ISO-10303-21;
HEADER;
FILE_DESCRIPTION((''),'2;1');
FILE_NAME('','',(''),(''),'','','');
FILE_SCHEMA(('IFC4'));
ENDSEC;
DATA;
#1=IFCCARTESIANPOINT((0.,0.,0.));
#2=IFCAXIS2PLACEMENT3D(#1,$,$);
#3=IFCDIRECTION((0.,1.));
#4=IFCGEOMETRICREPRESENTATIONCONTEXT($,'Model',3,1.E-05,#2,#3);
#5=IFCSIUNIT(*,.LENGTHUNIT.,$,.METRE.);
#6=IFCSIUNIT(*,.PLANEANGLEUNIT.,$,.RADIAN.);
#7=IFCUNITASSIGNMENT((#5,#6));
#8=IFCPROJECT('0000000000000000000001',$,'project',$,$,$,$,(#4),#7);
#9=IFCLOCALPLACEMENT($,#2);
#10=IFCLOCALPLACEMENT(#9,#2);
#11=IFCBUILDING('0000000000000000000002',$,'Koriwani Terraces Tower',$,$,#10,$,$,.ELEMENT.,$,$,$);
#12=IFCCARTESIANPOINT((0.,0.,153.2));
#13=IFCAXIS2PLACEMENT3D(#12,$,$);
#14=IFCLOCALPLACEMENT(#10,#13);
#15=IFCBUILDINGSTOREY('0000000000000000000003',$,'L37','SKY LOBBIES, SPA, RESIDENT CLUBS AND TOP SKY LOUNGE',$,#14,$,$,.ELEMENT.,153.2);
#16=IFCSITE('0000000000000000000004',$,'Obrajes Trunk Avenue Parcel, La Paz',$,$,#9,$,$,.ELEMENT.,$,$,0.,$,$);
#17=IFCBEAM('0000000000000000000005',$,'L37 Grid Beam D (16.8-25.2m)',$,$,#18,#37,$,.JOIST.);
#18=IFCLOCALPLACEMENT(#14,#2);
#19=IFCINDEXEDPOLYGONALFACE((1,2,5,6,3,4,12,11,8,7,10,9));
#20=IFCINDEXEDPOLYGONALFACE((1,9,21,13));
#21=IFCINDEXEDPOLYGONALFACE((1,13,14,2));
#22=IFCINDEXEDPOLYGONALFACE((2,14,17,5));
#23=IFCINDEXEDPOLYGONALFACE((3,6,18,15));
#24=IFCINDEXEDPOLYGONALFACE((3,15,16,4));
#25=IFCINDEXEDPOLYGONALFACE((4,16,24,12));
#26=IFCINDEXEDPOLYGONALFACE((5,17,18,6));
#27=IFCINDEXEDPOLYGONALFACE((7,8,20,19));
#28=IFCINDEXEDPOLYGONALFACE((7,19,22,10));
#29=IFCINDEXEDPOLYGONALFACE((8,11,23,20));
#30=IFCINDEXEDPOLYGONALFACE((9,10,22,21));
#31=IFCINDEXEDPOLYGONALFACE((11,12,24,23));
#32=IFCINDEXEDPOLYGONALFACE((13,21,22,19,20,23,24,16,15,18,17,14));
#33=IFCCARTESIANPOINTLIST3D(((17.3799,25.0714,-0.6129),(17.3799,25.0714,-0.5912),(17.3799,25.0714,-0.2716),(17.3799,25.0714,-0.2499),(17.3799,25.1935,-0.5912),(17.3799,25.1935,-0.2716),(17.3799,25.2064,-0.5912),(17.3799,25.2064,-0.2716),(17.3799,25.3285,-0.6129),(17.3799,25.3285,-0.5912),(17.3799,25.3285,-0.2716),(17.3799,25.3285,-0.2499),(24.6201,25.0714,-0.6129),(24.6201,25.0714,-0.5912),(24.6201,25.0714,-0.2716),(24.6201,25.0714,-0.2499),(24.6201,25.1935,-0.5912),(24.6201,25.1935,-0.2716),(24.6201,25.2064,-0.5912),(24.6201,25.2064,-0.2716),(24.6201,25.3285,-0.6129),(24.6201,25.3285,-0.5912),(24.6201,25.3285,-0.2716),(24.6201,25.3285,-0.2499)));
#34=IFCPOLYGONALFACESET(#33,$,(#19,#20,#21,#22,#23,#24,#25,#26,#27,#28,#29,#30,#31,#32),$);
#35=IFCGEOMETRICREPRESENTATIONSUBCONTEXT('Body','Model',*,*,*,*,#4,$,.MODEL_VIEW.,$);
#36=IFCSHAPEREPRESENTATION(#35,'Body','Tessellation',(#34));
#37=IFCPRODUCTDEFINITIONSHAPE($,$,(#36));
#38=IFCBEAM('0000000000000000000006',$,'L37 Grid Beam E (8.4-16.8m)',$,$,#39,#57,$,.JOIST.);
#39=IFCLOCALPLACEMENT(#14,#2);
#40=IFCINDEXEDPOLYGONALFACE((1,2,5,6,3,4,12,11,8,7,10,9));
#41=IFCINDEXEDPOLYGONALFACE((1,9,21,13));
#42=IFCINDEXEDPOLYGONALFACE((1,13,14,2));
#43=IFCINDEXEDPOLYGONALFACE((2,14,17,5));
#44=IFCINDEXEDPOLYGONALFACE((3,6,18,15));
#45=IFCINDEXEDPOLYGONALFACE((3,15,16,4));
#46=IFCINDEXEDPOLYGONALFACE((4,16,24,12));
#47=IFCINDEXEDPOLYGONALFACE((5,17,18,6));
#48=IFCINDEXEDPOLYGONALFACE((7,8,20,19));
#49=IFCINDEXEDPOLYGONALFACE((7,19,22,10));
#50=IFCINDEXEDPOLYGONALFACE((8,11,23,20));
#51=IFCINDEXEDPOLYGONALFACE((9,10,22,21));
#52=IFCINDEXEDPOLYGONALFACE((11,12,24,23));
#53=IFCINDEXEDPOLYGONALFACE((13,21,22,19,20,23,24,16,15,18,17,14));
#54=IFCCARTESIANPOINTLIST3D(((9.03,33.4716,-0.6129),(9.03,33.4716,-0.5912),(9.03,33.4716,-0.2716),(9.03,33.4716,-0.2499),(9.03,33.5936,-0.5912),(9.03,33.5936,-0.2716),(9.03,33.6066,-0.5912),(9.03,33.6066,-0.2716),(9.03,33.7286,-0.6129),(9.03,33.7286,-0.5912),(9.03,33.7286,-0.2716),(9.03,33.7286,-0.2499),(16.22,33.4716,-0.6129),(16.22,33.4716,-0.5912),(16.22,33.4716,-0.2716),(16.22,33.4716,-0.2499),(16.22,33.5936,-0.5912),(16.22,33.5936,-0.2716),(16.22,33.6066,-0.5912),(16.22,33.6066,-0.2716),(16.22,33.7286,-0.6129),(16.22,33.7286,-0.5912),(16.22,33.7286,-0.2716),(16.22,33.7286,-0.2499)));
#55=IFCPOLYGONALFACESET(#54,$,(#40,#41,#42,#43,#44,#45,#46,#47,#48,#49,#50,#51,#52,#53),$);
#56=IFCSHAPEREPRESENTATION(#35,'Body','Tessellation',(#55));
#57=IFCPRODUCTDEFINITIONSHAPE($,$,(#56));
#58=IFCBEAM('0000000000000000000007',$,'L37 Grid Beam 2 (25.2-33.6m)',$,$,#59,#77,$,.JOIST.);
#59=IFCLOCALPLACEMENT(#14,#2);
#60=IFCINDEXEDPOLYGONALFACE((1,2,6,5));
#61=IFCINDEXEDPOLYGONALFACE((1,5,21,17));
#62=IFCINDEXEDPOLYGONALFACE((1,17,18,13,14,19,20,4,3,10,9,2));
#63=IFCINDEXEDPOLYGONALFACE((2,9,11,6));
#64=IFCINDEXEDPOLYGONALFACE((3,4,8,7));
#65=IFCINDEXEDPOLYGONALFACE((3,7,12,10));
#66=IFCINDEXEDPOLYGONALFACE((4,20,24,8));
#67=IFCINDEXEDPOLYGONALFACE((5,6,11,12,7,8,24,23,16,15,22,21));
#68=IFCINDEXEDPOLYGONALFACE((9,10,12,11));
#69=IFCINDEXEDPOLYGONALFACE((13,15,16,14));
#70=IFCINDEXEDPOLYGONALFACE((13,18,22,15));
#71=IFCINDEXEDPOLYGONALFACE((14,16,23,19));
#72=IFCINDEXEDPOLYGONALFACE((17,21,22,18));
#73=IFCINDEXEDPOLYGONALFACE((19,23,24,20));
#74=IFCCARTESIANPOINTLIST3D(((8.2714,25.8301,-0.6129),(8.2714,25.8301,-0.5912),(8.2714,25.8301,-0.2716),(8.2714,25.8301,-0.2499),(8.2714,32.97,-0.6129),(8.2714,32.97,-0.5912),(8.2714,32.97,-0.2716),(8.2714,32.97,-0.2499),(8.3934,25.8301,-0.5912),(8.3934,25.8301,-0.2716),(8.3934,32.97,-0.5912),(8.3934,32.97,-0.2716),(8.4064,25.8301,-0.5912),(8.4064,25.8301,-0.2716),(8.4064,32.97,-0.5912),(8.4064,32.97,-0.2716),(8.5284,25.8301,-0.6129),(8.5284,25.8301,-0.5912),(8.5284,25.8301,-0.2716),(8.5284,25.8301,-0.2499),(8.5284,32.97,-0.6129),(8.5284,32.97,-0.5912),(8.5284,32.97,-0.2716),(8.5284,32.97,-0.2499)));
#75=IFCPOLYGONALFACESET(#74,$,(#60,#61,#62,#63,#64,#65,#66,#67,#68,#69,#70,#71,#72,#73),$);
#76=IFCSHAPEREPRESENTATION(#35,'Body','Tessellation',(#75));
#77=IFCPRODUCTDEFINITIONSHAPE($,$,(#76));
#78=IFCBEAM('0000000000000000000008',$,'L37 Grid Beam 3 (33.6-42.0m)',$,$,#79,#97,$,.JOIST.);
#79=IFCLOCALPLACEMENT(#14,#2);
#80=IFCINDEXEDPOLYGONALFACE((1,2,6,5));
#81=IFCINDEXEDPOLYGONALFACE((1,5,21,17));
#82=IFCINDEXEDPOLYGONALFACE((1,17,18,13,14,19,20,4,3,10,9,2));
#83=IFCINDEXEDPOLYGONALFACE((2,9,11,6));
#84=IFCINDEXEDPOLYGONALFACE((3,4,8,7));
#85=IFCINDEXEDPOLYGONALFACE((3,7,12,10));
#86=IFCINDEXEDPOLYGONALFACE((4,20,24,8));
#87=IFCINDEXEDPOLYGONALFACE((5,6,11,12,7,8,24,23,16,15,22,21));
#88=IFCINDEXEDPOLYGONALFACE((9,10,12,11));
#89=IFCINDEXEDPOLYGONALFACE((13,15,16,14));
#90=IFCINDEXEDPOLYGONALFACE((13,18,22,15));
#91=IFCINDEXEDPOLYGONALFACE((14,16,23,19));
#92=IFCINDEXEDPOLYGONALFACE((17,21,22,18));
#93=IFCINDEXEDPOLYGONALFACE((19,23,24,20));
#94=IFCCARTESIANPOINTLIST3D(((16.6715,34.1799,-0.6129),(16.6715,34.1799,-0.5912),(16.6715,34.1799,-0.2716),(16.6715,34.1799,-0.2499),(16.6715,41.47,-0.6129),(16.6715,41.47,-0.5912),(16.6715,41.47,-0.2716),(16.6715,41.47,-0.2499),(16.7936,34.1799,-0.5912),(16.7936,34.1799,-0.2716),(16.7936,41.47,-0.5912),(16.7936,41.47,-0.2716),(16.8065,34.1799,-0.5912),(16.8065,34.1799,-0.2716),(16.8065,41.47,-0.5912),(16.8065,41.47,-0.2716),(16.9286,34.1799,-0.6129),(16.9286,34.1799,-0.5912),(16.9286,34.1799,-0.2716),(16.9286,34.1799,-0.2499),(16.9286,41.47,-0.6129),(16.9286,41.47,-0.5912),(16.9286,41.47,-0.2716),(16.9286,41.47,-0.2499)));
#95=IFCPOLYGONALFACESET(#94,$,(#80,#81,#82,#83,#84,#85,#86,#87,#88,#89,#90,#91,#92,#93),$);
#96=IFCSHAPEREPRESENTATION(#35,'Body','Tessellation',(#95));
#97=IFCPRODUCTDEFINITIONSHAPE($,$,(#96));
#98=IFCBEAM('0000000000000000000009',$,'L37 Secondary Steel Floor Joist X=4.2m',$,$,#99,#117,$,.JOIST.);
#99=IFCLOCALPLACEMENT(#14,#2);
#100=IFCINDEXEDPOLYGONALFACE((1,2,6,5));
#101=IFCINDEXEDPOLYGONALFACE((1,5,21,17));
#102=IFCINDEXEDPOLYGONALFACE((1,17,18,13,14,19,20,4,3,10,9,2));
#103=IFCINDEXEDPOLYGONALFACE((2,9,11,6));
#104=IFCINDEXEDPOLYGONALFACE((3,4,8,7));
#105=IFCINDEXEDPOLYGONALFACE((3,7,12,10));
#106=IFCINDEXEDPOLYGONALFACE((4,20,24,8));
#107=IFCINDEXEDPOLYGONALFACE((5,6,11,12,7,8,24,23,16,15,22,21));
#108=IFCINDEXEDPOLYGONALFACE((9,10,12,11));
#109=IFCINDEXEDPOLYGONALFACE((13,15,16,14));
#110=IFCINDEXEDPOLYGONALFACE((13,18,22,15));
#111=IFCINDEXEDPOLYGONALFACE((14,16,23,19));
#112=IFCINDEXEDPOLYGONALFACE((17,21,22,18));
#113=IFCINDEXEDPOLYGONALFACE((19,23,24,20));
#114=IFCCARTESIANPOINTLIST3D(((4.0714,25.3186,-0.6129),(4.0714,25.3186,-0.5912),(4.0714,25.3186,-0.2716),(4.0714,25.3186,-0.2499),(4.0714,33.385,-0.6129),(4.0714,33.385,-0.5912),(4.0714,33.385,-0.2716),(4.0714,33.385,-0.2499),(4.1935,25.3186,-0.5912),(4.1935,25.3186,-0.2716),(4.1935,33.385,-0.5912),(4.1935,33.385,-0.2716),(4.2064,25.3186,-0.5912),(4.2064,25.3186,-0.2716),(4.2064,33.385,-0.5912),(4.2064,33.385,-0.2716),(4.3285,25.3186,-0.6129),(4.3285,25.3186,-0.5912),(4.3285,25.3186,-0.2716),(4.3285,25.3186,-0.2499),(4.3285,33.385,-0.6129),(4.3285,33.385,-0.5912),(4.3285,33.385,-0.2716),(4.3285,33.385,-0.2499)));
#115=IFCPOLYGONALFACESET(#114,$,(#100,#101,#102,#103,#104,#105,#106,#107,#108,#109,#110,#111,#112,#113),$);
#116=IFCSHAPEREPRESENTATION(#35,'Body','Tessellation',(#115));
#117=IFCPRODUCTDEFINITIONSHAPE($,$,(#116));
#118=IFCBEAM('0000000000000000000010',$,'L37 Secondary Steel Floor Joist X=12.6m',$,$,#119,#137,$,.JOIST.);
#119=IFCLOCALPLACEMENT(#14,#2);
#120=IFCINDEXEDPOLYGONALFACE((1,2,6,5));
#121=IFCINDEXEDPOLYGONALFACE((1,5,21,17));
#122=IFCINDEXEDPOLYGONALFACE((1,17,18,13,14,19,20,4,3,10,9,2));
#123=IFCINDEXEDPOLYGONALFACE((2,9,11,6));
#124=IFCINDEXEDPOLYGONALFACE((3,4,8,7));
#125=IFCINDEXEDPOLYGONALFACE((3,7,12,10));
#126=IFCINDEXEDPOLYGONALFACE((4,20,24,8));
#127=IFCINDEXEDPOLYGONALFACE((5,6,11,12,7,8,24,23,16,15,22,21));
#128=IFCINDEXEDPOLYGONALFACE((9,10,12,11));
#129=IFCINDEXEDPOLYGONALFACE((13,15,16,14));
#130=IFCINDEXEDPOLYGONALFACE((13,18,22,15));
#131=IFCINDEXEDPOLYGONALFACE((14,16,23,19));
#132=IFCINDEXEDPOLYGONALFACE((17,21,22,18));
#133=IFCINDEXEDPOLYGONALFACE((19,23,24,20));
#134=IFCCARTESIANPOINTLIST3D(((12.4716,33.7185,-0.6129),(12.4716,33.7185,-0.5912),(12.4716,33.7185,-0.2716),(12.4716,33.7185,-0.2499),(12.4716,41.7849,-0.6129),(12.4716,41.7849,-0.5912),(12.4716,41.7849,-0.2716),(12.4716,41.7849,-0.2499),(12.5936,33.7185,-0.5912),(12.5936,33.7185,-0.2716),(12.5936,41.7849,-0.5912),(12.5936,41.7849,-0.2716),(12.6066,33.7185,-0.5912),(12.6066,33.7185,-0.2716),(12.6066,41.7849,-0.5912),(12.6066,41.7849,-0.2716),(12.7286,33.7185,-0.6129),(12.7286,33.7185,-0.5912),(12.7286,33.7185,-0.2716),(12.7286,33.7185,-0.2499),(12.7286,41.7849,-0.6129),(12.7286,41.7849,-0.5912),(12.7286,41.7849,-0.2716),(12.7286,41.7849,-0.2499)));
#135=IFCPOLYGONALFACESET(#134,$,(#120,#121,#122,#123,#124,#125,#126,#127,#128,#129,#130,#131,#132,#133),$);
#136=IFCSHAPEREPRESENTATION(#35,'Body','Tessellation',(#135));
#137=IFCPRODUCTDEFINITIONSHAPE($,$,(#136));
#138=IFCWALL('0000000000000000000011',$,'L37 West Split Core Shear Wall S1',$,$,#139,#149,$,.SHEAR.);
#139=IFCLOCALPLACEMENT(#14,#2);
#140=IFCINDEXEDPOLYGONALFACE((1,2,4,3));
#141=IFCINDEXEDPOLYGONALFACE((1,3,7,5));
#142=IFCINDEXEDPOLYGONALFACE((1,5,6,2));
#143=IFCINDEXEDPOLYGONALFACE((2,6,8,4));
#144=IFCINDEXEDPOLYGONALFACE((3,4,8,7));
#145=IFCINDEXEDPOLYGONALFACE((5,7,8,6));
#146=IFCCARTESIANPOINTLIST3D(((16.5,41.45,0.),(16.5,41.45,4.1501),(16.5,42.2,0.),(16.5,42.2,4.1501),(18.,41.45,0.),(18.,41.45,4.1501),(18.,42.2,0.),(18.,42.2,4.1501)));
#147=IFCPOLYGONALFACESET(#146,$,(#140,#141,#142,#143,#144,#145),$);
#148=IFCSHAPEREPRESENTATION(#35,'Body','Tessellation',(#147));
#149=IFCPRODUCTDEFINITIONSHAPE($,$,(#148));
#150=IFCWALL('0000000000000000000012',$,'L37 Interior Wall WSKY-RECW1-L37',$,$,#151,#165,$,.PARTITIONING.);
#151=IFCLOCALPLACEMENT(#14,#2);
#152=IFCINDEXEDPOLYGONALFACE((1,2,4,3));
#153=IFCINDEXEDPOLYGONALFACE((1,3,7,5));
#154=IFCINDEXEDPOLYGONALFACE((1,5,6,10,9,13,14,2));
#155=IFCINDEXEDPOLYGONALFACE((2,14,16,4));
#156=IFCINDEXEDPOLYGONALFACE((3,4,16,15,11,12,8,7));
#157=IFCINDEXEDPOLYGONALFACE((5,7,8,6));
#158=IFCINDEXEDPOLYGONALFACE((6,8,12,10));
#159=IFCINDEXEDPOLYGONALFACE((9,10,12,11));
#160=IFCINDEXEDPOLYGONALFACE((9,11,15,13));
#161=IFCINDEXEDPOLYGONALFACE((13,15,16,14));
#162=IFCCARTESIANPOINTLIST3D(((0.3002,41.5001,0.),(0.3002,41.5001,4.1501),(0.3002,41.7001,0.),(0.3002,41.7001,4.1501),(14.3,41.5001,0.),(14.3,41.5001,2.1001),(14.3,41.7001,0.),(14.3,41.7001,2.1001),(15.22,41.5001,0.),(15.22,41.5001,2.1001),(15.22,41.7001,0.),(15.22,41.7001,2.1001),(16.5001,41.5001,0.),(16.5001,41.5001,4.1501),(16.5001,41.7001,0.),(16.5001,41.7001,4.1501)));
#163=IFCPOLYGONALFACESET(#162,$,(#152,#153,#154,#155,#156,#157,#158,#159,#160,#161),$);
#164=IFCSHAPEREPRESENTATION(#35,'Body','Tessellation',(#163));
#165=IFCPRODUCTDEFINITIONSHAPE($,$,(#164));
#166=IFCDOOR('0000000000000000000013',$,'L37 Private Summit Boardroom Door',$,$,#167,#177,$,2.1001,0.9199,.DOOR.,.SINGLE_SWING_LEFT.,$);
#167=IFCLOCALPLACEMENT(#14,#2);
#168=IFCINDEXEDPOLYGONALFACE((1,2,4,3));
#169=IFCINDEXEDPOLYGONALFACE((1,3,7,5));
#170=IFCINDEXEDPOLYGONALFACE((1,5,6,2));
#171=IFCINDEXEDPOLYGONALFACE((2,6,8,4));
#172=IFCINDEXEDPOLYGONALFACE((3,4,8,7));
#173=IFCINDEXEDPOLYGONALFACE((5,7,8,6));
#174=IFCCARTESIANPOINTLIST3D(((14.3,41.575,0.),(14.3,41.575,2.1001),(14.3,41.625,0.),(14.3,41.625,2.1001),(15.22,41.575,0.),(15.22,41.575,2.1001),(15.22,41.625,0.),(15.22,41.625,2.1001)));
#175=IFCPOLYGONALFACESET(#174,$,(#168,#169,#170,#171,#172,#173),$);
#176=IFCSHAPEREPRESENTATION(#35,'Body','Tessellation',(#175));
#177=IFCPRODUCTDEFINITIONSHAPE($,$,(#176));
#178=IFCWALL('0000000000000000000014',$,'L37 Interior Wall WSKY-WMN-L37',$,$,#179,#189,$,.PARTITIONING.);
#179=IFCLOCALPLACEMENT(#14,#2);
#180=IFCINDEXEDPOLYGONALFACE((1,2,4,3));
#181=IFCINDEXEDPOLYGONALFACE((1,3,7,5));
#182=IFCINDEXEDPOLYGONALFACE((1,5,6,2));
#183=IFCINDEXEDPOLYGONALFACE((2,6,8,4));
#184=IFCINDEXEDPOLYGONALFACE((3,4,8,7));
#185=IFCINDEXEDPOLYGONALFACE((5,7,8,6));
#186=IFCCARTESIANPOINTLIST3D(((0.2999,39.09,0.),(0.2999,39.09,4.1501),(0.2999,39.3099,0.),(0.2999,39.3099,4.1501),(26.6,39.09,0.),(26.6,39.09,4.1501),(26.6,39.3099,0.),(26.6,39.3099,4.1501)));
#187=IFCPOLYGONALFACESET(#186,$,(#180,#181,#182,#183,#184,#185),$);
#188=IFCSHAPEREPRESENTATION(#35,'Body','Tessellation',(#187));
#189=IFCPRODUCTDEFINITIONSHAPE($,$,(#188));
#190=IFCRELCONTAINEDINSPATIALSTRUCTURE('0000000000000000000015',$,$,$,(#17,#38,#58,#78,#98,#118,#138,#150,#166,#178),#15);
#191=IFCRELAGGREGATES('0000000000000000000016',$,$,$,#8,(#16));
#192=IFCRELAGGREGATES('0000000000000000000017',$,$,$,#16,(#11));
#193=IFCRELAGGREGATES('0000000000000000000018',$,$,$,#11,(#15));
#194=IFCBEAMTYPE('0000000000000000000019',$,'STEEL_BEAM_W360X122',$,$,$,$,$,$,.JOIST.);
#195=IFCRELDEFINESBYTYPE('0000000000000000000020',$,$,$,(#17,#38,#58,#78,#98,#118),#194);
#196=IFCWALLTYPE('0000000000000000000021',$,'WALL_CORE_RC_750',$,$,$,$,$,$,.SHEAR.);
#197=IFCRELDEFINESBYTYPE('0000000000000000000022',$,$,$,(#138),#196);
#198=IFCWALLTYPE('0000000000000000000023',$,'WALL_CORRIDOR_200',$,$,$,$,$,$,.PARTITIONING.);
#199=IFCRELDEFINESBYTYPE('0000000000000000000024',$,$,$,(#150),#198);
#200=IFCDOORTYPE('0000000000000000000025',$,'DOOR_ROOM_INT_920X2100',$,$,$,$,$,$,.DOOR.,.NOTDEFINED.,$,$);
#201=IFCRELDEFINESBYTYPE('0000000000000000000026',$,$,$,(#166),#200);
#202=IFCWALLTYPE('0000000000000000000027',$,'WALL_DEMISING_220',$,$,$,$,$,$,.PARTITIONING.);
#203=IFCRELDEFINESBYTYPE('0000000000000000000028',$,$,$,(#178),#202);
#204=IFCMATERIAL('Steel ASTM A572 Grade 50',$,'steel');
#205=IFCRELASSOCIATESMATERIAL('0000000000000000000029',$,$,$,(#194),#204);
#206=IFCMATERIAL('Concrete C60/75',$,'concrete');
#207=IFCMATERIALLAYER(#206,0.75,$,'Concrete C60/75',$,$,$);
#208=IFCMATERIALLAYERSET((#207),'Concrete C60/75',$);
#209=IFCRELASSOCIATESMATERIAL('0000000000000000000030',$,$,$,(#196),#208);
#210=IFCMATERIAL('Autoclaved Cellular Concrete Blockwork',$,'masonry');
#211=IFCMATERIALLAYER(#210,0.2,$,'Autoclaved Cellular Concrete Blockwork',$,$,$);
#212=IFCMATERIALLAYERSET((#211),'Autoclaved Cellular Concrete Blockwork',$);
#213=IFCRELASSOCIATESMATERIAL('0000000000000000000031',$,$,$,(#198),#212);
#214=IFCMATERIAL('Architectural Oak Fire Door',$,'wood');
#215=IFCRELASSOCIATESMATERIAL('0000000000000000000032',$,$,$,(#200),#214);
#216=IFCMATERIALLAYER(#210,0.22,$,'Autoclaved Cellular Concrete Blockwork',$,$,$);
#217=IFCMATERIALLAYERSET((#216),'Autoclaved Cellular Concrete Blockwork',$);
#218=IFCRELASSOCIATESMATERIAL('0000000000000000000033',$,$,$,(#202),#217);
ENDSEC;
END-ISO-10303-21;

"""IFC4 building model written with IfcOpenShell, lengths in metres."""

from ifc_helpers import new_model, si_unit, direction, frame, frame_2d, origin, origin_2d, place, context, subcontext, project, spatial, rectangle, i_section, extrude, material, layer, layer_set, material_profile, profile_set, type_object, element, fill, save


model = new_model("IFC4")

# Units and contexts
model_context = context("Model", 3, precision=1e-05, world=origin(), true_north=direction((0.0, 1.0)))
body_context = subcontext(model_context, "Body", "Model", "MODEL_VIEW")
ifc_project = project(units=[si_unit("LENGTHUNIT", "METRE"), si_unit("PLANEANGLEUNIT", "RADIAN")], contexts=[model_context])

# Site, building, storey
site_placement = place(None, origin())
site = spatial("IfcSite", under=ifc_project, at=site_placement, Name="Obrajes Trunk Avenue Parcel, La Paz", CompositionType="ELEMENT", RefElevation=0.0)
building_placement = place(site_placement, origin())
building = spatial("IfcBuilding", under=site, at=building_placement, Name="Koriwani Terraces Tower", CompositionType="ELEMENT")
storey_placement = place(building_placement, frame((0.0, 0.0, 153.2)))
storey = spatial("IfcBuildingStorey", under=building, at=storey_placement, Name="L37", Description="SKY LOBBIES, SPA, RESIDENT CLUBS AND TOP SKY LOUNGE", CompositionType="ELEMENT", Elevation=153.2)

# Beams
ifc_material_1 = material(Name="Concrete C60/75", Category="concrete")
ifc_material_2 = material(Name="Steel ASTM A572 Grade 50", Category="steel")
ifc_material_profile_1 = material_profile(ifc_material_2, i_section(OverallWidth=0.2571, OverallDepth=0.363, WebThickness=0.0129, FlangeThickness=0.0217, at=origin_2d()), Name="Steel ASTM A572 Grade 50", Category="LoadBearing")
ifc_profile_set_1 = profile_set([ifc_material_profile_1], Name="Steel ASTM A572 Grade 50")
beam_type_1 = type_object("IfcBeamType", Name="STEEL_BEAM_W360X122", PredefinedType="JOIST", material=ifc_profile_set_1)
beam_1_placement = place(storey_placement, frame((17.3799, 25.2, -0.4314), z_axis=(1.0, 0.0, 0.0), x_axis=(0.0, 1.0, 0.0)))
element("IfcBeam", 1, at=beam_1_placement, inside=storey, type_object=beam_type_1, Name="L37 Grid Beam D (16.8-25.2m)", PredefinedType="JOIST", context=body_context, shape_type="SweptSolid", body=[
    extrude(i_section(OverallWidth=0.2571, OverallDepth=0.363, WebThickness=0.0129, FlangeThickness=0.0217, at=origin_2d()), origin(), (0.0, 0.0, 1.0), 7.2402),
])
beam_2_placement = place(storey_placement, frame((9.03, 33.6001, -0.4314), z_axis=(1.0, 0.0, 0.0), x_axis=(0.0, 1.0, 0.0)))
element("IfcBeam", 2, at=beam_2_placement, inside=storey, type_object=beam_type_1, Name="L37 Grid Beam E (8.4-16.8m)", PredefinedType="JOIST", context=body_context, shape_type="SweptSolid", body=[
    extrude(i_section(OverallWidth=0.2571, OverallDepth=0.363, WebThickness=0.0129, FlangeThickness=0.0217, at=origin_2d()), origin(), (0.0, 0.0, 1.0), 7.1899),
])
beam_3_placement = place(storey_placement, frame((8.3999, 25.8301, -0.4314), z_axis=(0.0, 1.0, 0.0), x_axis=(-1.0, 0.0, 0.0)))
element("IfcBeam", 3, at=beam_3_placement, inside=storey, type_object=beam_type_1, Name="L37 Grid Beam 2 (25.2-33.6m)", PredefinedType="JOIST", context=body_context, shape_type="SweptSolid", body=[
    extrude(i_section(OverallWidth=0.2571, OverallDepth=0.363, WebThickness=0.0129, FlangeThickness=0.0217, at=origin_2d()), origin(), (0.0, 0.0, 1.0), 7.1399),
])
beam_4_placement = place(storey_placement, frame((16.8, 34.1799, -0.4314), z_axis=(0.0, 1.0, 0.0), x_axis=(-1.0, 0.0, 0.0)))
element("IfcBeam", 4, at=beam_4_placement, inside=storey, type_object=beam_type_1, Name="L37 Grid Beam 3 (33.6-42.0m)", PredefinedType="JOIST", context=body_context, shape_type="SweptSolid", body=[
    extrude(i_section(OverallWidth=0.2571, OverallDepth=0.363, WebThickness=0.0129, FlangeThickness=0.0217, at=origin_2d()), origin(), (0.0, 0.0, 1.0), 7.29),
])
for number, where, z_axis, x_axis, name in (
    (5, (4.2, 25.3186, -0.4314), (0.0, 1.0, 0.0), (-1.0, 0.0, 0.0), "L37 Secondary Steel Floor Joist X=4.2m"),
    (6, (12.6001, 33.7185, -0.4314), (0.0, 1.0, 0.0), (-1.0, 0.0, 0.0), "L37 Secondary Steel Floor Joist X=12.6m"),
):
    element("IfcBeam", number, at=place(storey_placement, frame(where, z_axis=z_axis, x_axis=x_axis)), inside=storey, type_object=beam_type_1, Name=name, PredefinedType="JOIST", context=body_context, shape_type="SweptSolid", body=[
        extrude(i_section(OverallWidth=0.2571, OverallDepth=0.363, WebThickness=0.0129, FlangeThickness=0.0217, at=origin_2d()), origin(), (0.0, 0.0, 1.0), 8.0664),
    ])

# Wall
ifc_layer_1 = layer(ifc_material_1, 0.75, Name="Concrete C60/75")
ifc_layer_set_1 = layer_set([ifc_layer_1], Name="Concrete C60/75")
wall_type_1 = type_object("IfcWallType", Name="WALL_CORE_RC_750", PredefinedType="SHEAR", material=ifc_layer_set_1)
wall_1_placement = place(storey_placement, frame((16.5, 41.825, 0.0), z_axis=(0.0, 0.0, 1.0), x_axis=(1.0, 0.0, 0.0)))
element("IfcWall", 7, at=wall_1_placement, inside=storey, type_object=wall_type_1, Name="L37 West Split Core Shear Wall S1", PredefinedType="SHEAR", context=body_context, shape_type="SweptSolid", body=[
    extrude(rectangle(XDim=1.5, YDim=0.75, at=frame_2d((0.75, 0.0))), origin(), (0.0, 0.0, 1.0), 4.1501),
])

# Wall, opening, door
ifc_material_3 = material(Name="Autoclaved Cellular Concrete Blockwork", Category="masonry")
ifc_layer_2 = layer(ifc_material_3, 0.2, Name="Autoclaved Cellular Concrete Blockwork")
ifc_layer_set_2 = layer_set([ifc_layer_2], Name="Autoclaved Cellular Concrete Blockwork")
wall_type_2 = type_object("IfcWallType", Name="WALL_CORRIDOR_200", PredefinedType="PARTITIONING", material=ifc_layer_set_2)
wall_2_placement = place(storey_placement, frame((0.3, 41.6001, 0.0), z_axis=(0.0, 0.0, 1.0), x_axis=(1.0, 0.0, 0.0)))
wall_2 = element("IfcWall", 8, at=wall_2_placement, inside=storey, type_object=wall_type_2, Name="L37 Interior Wall WSKY-RECW1-L37", PredefinedType="PARTITIONING", context=body_context, shape_type="SweptSolid", body=[
    extrude(rectangle(XDim=16.2, YDim=0.2, at=frame_2d((8.1001, 0.0))), origin(), (0.0, 0.0, 1.0), 4.1501),
])
opening_placement = place(wall_2_placement, frame((14.0, 0.0, 0.0)))
opening = element("IfcOpeningElement", 9, at=opening_placement, cuts=wall_2, PredefinedType="OPENING", context=body_context, shape_type="SweptSolid", body=[
    extrude(rectangle(XDim=0.9199, YDim=2.1001, at=frame_2d((0.46, 1.05))), frame((0.0, 0.1099, 0.0), z_axis=(0.0, -1.0, 0.0), x_axis=(1.0, 0.0, 0.0)), (0.0, 0.0, 1.0), 0.22),
])
ifc_material_4 = material(Name="Architectural Oak Fire Door", Category="wood")
door_type = type_object("IfcDoorType", Name="DOOR_ROOM_INT_920X2100", OperationType="NOTDEFINED", PredefinedType="DOOR", material=ifc_material_4)
door_placement = place(opening_placement, origin())
door = element("IfcDoor", 10, at=door_placement, inside=storey, type_object=door_type, Name="L37 Private Summit Boardroom Door", OperationType="SINGLE_SWING_LEFT", OverallHeight=2.1001, OverallWidth=0.9199, PredefinedType="DOOR", context=body_context, shape_type="SweptSolid", body=[
    extrude(rectangle(XDim=0.9199, YDim=2.1001, at=frame_2d((0.46, 1.05))), frame((0.0, 0.0249, 0.0), z_axis=(0.0, -1.0, 0.0), x_axis=(1.0, 0.0, 0.0)), (0.0, 0.0, 1.0), 0.05),
])
fill(opening, door)

# Wall
ifc_layer_3 = layer(ifc_material_3, 0.22, Name="Autoclaved Cellular Concrete Blockwork")
ifc_layer_set_3 = layer_set([ifc_layer_3], Name="Autoclaved Cellular Concrete Blockwork")
wall_type_3 = type_object("IfcWallType", Name="WALL_DEMISING_220", PredefinedType="PARTITIONING", material=ifc_layer_set_3)
wall_3_placement = place(storey_placement, frame((0.3, 39.2, 0.0), z_axis=(0.0, 0.0, 1.0), x_axis=(1.0, 0.0, 0.0)))
element("IfcWall", 11, at=wall_3_placement, inside=storey, type_object=wall_type_3, Name="L37 Interior Wall WSKY-WMN-L37", PredefinedType="PARTITIONING", context=body_context, shape_type="SweptSolid", body=[
    extrude(rectangle(XDim=26.3, YDim=0.22, at=frame_2d((13.1499, 0.0))), origin(), (0.0, 0.0, 1.0), 4.1501),
])

save(model, "model.ifc")
